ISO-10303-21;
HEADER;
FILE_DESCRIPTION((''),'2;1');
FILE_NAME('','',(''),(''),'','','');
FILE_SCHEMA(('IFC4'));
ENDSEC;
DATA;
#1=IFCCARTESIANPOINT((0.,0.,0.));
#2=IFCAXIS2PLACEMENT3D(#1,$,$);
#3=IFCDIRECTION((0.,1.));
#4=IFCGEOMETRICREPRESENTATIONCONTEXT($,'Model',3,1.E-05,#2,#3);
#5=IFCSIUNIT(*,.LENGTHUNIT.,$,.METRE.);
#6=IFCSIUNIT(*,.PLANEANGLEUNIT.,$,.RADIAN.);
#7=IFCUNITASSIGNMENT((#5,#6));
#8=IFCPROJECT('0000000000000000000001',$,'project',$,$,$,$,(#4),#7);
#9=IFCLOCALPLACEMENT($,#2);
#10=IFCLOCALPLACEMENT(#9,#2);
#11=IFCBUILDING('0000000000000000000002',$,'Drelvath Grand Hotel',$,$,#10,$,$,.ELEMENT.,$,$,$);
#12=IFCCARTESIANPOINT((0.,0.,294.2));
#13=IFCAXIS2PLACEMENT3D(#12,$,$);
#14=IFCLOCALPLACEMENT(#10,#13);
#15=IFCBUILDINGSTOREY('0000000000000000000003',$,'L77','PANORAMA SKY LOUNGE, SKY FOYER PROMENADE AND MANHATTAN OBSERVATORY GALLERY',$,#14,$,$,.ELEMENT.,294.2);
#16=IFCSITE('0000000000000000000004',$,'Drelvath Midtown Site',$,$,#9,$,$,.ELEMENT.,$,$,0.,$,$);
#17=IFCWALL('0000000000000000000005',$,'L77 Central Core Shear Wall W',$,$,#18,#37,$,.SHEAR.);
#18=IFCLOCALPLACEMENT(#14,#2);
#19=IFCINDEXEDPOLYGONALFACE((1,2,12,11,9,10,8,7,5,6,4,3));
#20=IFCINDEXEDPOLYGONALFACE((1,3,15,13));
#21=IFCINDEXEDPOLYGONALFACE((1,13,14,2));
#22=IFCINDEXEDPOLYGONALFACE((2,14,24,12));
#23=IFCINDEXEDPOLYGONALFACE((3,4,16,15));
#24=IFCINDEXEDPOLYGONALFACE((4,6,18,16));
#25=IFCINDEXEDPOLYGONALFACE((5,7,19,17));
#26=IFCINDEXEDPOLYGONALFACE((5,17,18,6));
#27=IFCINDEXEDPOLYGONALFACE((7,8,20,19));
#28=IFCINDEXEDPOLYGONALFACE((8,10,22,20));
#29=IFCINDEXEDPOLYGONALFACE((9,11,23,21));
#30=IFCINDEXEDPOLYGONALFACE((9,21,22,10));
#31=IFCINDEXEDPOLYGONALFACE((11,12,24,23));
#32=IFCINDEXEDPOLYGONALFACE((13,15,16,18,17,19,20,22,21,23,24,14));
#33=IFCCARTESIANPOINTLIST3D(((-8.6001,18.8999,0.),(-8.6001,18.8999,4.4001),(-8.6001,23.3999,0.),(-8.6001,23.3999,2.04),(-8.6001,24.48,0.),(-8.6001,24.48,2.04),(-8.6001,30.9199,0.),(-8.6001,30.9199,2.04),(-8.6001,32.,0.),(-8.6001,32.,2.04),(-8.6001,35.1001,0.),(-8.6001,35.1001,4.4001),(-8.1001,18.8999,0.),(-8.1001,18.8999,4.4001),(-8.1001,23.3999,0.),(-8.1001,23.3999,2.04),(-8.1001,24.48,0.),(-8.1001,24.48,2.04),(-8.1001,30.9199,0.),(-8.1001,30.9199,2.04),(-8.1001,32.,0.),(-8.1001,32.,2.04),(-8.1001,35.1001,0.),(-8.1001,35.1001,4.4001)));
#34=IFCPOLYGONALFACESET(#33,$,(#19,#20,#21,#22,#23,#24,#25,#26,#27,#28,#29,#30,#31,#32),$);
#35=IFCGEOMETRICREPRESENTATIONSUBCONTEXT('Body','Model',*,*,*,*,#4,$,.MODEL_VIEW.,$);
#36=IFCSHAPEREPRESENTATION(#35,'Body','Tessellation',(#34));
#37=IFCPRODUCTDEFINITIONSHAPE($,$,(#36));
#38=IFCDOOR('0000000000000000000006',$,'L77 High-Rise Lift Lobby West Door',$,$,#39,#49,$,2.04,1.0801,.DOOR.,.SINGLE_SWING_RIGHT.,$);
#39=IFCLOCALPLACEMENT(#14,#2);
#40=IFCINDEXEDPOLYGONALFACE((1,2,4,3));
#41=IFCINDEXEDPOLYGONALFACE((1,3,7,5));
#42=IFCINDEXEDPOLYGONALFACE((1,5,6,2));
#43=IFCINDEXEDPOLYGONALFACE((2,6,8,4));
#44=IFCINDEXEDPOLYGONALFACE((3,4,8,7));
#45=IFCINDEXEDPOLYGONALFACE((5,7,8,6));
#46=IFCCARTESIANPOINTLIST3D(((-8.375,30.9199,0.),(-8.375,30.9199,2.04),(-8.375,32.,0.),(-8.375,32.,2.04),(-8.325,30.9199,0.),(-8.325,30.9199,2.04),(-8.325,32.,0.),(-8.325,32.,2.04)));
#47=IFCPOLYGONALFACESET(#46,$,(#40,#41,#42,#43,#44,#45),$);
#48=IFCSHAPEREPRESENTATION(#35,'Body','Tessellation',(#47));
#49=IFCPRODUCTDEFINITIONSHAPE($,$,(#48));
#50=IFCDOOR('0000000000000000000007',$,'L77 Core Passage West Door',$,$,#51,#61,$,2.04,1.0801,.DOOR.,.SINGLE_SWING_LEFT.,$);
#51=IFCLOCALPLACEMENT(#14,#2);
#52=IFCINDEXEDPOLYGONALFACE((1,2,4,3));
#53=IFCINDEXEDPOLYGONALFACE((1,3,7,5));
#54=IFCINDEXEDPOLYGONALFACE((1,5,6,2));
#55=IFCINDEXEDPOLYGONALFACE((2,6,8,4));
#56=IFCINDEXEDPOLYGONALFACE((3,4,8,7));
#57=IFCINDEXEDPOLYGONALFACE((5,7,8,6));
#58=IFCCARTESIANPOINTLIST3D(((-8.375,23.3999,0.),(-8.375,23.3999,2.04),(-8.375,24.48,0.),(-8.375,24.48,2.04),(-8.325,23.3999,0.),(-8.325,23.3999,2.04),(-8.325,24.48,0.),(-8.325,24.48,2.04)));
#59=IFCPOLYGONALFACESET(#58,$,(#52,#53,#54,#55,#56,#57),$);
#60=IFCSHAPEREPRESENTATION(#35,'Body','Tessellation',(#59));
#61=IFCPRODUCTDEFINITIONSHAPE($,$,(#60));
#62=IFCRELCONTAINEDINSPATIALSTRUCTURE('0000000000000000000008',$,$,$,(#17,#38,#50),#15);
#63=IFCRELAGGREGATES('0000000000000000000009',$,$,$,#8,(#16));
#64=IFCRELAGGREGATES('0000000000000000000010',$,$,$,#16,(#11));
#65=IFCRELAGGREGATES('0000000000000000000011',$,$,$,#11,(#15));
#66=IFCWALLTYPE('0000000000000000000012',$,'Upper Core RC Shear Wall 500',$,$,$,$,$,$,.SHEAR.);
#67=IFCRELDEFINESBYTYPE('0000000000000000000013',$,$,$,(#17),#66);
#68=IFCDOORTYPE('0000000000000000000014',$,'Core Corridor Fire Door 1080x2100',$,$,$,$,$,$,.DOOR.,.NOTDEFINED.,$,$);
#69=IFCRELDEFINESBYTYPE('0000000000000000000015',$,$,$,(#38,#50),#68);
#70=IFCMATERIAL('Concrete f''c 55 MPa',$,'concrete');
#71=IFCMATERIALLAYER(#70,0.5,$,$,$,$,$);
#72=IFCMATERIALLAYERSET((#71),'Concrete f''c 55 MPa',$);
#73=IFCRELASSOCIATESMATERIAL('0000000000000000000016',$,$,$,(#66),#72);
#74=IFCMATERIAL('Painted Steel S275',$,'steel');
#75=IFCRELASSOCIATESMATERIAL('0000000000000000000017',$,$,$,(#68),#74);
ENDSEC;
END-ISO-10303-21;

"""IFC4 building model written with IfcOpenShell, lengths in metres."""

from ifc_helpers import new_model, si_unit, direction, frame, frame_2d, origin, place, context, subcontext, project, spatial, rectangle, extrude, material, layer, layer_set, type_object, element, fill, save


model = new_model("IFC4")

# Units and contexts
model_context = context("Model", 3, precision=1e-05, world=origin(), true_north=direction((0.0, 1.0)))
body_context = subcontext(model_context, "Body", "Model", "MODEL_VIEW")
ifc_project = project(units=[si_unit("LENGTHUNIT", "METRE"), si_unit("PLANEANGLEUNIT", "RADIAN")], contexts=[model_context])

# Site, building, storey
site_placement = place(None, origin())
site = spatial("IfcSite", under=ifc_project, at=site_placement, Name="Drelvath Midtown Site", CompositionType="ELEMENT", RefElevation=0.0)
building_placement = place(site_placement, origin())
building = spatial("IfcBuilding", under=site, at=building_placement, Name="Drelvath Grand Hotel", CompositionType="ELEMENT")
storey_placement = place(building_placement, frame((0.0, 0.0, 294.2)))
storey = spatial("IfcBuildingStorey", under=building, at=storey_placement, Name="L77", Description="PANORAMA SKY LOUNGE, SKY FOYER PROMENADE AND MANHATTAN OBSERVATORY GALLERY", CompositionType="ELEMENT", Elevation=294.2)

# Wall, openings, doors
ifc_material_1 = material(Name="Concrete f'c 55 MPa", Category="concrete")
ifc_layer_1 = layer(ifc_material_1, 0.5)
ifc_layer_set_1 = layer_set([ifc_layer_1], Name="Concrete f'c 55 MPa")
wall_type_1 = type_object("IfcWallType", Name="Upper Core RC Shear Wall 500", PredefinedType="SHEAR", material=ifc_layer_set_1)
wall_1_placement = place(storey_placement, frame((-8.3501, 18.8999, 0.0), z_axis=(0.0, 0.0, 1.0), x_axis=(0.0, 1.0, 0.0)))
wall_1 = element("IfcWall", 1, at=wall_1_placement, inside=storey, type_object=wall_type_1, Name="L77 Central Core Shear Wall W", PredefinedType="SHEAR", context=body_context, shape_type="SweptSolid", body=[
    extrude(rectangle(XDim=16.2002, YDim=0.5, at=frame_2d((8.1001, 0.0))), origin(), (0.0, 0.0, 1.0), 4.4001),
])
opening_1_placement = place(wall_1_placement, frame((12.02, 0.0, 0.0)))
opening_1 = element("IfcOpeningElement", 2, at=opening_1_placement, cuts=wall_1, PredefinedType="OPENING", context=body_context, shape_type="SweptSolid", body=[
    extrude(rectangle(XDim=1.0801, YDim=2.04, at=frame_2d((0.54, 1.02))), frame((0.0, 0.26, 0.0), z_axis=(0.0, -1.0, 0.0), x_axis=(1.0, 0.0, 0.0)), (0.0, 0.0, 1.0), 0.52),
])
opening_2_placement = place(wall_1_placement, frame((4.5, 0.0, 0.0)))
opening_2 = element("IfcOpeningElement", 3, at=opening_2_placement, cuts=wall_1, PredefinedType="OPENING", context=body_context, shape_type="SweptSolid", body=[
    extrude(rectangle(XDim=1.0801, YDim=2.04, at=frame_2d((0.54, 1.02))), frame((0.0, 0.26, 0.0), z_axis=(0.0, -1.0, 0.0), x_axis=(1.0, 0.0, 0.0)), (0.0, 0.0, 1.0), 0.52),
])
ifc_material_2 = material(Name="Painted Steel S275", Category="steel")
door_type_1 = type_object("IfcDoorType", Name="Core Corridor Fire Door 1080x2100", OperationType="NOTDEFINED", PredefinedType="DOOR", material=ifc_material_2)
door_1_placement = place(opening_1_placement, origin())
door_1 = element("IfcDoor", 4, at=door_1_placement, inside=storey, type_object=door_type_1, Name="L77 High-Rise Lift Lobby West Door", OperationType="SINGLE_SWING_RIGHT", OverallHeight=2.04, OverallWidth=1.0801, PredefinedType="DOOR", context=body_context, shape_type="SweptSolid", body=[
    extrude(rectangle(XDim=1.0801, YDim=2.04, at=frame_2d((0.54, 1.02))), frame((0.0, 0.0249, 0.0), z_axis=(0.0, -1.0, 0.0), x_axis=(1.0, 0.0, 0.0)), (0.0, 0.0, 1.0), 0.05),
])
fill(opening_1, door_1)
door_2_placement = place(opening_2_placement, origin())
door_2 = element("IfcDoor", 5, at=door_2_placement, inside=storey, type_object=door_type_1, Name="L77 Core Passage West Door", OperationType="SINGLE_SWING_LEFT", OverallHeight=2.04, OverallWidth=1.0801, PredefinedType="DOOR", context=body_context, shape_type="SweptSolid", body=[
    extrude(rectangle(XDim=1.0801, YDim=2.04, at=frame_2d((0.54, 1.02))), frame((0.0, 0.0249, 0.0), z_axis=(0.0, -1.0, 0.0), x_axis=(1.0, 0.0, 0.0)), (0.0, 0.0, 1.0), 0.05),
])
fill(opening_2, door_2)

save(model, "model.ifc")
